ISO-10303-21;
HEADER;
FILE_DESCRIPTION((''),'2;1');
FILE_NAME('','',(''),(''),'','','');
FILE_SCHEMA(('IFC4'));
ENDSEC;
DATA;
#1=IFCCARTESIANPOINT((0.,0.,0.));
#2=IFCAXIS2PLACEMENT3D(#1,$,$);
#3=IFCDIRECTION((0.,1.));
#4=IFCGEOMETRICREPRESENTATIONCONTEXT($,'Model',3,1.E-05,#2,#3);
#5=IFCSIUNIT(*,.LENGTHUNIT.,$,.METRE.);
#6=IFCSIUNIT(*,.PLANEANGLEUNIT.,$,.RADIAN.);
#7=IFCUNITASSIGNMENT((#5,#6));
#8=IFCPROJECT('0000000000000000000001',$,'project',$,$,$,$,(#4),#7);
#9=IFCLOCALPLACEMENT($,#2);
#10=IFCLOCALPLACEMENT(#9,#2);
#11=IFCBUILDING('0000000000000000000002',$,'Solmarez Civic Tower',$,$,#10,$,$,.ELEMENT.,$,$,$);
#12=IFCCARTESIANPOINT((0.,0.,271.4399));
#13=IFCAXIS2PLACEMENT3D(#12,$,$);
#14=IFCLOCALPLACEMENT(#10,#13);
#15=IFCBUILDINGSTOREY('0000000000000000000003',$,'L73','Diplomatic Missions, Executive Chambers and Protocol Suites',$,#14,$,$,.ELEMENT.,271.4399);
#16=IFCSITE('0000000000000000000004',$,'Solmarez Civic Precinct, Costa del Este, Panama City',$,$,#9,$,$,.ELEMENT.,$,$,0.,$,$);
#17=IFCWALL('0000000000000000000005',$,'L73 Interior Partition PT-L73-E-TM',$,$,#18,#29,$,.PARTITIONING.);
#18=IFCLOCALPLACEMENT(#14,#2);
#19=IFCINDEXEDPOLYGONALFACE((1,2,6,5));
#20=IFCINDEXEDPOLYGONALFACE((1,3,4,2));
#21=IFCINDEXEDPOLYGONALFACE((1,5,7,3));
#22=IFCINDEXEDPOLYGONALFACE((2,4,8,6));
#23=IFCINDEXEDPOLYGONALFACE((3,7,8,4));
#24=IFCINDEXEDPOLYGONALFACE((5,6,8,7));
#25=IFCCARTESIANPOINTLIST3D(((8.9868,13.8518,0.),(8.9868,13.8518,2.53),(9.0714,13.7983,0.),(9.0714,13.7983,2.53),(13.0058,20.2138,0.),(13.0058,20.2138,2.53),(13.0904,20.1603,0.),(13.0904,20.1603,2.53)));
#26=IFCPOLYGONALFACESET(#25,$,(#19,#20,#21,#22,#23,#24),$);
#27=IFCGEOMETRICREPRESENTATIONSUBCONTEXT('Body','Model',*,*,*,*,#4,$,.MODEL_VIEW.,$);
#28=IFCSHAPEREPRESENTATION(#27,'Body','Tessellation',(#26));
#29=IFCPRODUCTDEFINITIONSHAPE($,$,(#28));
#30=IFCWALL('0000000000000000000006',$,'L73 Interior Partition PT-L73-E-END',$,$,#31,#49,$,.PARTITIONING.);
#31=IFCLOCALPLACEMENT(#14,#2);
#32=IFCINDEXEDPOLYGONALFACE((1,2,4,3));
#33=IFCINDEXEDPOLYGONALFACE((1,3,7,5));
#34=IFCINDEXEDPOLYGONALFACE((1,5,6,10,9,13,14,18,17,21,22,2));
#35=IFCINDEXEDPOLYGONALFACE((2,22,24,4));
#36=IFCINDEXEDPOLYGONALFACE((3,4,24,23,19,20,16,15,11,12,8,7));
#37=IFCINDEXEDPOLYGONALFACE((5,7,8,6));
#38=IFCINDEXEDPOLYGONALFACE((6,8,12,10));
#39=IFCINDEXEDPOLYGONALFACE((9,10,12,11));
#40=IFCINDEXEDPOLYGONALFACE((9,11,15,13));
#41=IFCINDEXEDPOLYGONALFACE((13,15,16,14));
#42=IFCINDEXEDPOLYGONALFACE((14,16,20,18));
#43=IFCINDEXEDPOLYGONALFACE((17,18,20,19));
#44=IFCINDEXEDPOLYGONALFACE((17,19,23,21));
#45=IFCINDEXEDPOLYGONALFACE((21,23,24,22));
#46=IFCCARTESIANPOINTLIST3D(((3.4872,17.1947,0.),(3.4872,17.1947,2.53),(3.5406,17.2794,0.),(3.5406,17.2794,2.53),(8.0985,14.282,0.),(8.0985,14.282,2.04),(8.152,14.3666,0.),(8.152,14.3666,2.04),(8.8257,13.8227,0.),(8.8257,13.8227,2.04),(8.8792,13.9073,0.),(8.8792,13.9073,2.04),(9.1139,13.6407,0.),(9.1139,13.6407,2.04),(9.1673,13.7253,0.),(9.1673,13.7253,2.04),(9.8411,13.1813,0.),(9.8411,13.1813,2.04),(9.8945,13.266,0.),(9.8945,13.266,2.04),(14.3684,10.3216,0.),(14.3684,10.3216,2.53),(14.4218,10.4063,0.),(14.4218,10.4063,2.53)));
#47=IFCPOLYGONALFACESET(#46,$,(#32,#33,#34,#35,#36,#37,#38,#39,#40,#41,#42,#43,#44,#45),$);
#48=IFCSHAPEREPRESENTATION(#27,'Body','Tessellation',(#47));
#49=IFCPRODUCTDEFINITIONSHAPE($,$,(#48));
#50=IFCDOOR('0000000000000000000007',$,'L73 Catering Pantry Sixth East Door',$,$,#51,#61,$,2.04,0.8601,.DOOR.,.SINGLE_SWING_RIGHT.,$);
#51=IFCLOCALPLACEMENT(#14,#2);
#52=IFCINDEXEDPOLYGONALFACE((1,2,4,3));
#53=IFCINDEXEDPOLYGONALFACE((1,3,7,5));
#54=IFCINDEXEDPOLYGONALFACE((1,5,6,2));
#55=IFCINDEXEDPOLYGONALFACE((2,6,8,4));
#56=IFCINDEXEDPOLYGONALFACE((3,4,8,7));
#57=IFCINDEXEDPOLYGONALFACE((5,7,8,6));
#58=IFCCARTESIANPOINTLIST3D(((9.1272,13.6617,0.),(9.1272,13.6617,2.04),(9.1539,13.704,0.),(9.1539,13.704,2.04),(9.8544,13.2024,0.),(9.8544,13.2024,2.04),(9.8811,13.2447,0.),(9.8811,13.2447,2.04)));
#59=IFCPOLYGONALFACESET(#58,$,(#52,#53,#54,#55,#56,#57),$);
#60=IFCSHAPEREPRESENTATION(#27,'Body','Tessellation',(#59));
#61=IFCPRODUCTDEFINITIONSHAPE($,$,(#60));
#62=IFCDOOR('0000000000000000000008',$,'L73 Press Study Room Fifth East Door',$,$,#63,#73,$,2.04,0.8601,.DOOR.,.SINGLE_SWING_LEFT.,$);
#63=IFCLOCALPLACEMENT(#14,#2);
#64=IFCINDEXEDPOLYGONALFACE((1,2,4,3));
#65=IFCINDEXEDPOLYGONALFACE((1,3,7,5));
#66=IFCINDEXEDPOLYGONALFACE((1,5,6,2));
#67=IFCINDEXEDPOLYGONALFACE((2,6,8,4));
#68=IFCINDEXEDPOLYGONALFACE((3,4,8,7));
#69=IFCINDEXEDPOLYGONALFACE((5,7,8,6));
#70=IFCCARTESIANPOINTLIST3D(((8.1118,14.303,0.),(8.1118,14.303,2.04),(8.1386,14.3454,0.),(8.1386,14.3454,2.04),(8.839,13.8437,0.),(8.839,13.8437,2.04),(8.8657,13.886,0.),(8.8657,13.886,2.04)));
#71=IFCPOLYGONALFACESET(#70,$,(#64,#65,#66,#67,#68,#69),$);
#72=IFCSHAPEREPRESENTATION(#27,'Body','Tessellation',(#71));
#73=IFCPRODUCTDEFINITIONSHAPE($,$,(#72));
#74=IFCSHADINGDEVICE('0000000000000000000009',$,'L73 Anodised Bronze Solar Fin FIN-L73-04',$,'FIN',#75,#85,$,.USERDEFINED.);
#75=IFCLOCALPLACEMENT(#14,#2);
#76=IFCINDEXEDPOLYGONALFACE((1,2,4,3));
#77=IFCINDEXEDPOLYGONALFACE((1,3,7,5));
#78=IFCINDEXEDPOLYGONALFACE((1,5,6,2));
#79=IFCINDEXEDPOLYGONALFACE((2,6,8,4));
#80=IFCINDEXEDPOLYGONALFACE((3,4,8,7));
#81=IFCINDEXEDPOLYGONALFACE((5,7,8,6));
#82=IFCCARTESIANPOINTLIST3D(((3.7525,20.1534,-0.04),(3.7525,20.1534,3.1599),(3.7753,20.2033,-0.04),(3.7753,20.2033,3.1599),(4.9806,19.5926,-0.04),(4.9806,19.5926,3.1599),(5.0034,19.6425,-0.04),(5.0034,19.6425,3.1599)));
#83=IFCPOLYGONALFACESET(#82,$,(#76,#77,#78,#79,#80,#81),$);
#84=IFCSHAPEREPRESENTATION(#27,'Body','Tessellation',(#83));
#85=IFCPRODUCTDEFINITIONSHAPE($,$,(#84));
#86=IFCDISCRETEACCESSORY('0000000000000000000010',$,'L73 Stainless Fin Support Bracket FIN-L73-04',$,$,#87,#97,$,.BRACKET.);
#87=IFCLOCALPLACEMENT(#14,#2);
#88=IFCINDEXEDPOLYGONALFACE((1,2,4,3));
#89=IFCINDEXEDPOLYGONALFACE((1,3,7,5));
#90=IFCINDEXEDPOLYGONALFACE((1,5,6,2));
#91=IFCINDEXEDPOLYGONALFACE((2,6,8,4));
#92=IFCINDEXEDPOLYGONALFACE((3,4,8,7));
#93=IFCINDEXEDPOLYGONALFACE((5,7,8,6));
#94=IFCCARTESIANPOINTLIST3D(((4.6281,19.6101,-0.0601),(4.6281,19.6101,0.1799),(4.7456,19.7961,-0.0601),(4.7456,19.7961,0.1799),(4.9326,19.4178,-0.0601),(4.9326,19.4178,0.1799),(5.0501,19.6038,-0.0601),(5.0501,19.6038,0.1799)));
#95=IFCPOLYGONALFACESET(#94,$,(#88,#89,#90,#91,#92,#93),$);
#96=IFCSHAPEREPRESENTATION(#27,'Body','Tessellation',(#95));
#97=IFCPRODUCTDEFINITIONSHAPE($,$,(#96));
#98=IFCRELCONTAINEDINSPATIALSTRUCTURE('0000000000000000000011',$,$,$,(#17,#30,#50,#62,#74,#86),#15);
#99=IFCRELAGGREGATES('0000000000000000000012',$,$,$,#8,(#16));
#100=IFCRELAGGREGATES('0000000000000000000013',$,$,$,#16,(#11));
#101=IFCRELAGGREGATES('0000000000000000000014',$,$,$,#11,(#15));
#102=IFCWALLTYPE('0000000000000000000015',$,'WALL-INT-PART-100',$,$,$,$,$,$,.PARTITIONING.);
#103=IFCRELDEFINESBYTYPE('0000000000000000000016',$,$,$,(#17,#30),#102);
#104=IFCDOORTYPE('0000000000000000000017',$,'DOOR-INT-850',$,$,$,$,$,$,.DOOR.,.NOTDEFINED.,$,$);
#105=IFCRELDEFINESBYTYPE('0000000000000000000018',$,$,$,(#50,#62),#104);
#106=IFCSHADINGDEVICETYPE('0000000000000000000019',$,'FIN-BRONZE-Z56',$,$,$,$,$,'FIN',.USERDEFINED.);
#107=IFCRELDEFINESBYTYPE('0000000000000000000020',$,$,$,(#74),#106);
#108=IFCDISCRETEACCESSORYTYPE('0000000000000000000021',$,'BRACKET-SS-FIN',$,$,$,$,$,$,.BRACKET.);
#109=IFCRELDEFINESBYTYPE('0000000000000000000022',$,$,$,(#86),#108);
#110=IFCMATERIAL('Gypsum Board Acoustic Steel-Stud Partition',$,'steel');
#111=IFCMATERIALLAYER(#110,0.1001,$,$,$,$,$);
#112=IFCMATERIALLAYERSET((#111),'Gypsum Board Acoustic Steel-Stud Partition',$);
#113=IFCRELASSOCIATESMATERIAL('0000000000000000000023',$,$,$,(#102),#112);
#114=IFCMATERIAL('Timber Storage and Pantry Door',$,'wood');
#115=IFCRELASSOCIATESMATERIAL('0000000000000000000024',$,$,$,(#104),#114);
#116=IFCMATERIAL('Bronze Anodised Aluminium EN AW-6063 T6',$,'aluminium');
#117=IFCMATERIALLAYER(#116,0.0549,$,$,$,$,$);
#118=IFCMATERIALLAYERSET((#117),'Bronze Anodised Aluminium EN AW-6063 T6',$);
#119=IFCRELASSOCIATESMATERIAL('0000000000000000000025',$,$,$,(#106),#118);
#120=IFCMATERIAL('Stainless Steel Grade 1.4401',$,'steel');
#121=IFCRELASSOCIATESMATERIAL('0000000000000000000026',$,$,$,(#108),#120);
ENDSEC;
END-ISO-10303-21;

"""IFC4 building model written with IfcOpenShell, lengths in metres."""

from ifc_helpers import new_model, si_unit, direction, frame, frame_2d, origin, origin_2d, place, context, subcontext, project, spatial, rectangle, extrude, material, layer, layer_set, type_object, element, fill, save


model = new_model("IFC4")

# Units and contexts
model_context = context("Model", 3, precision=1e-05, world=origin(), true_north=direction((0.0, 1.0)))
body_context = subcontext(model_context, "Body", "Model", "MODEL_VIEW")
ifc_project = project(units=[si_unit("LENGTHUNIT", "METRE"), si_unit("PLANEANGLEUNIT", "RADIAN")], contexts=[model_context])

# Site, building, storey
site_placement = place(None, origin())
site = spatial("IfcSite", under=ifc_project, at=site_placement, Name="Solmarez Civic Precinct, Costa del Este, Panama City", CompositionType="ELEMENT", RefElevation=0.0)
building_placement = place(site_placement, origin())
building = spatial("IfcBuilding", under=site, at=building_placement, Name="Solmarez Civic Tower", CompositionType="ELEMENT")
storey_placement = place(building_placement, frame((0.0, 0.0, 271.4399)))
storey = spatial("IfcBuildingStorey", under=building, at=storey_placement, Name="L73", Description="Diplomatic Missions, Executive Chambers and Protocol Suites", CompositionType="ELEMENT", Elevation=271.4399)

# Shared definitions
ifc_material_1 = material(Name="Gypsum Board Acoustic Steel-Stud Partition", Category="steel")
ifc_layer_1 = layer(ifc_material_1, 0.1001)
ifc_layer_set_1 = layer_set([ifc_layer_1], Name="Gypsum Board Acoustic Steel-Stud Partition")
wall_type_1 = type_object("IfcWallType", Name="WALL-INT-PART-100", PredefinedType="PARTITIONING", material=ifc_layer_set_1)

# Wall
wall_1_placement = place(storey_placement, frame((9.0291, 13.825, 0.0), z_axis=(0.0, 0.0, 1.0), x_axis=(0.534078, 0.845435, 0.0)))
element("IfcWall", 1, at=wall_1_placement, inside=storey, type_object=wall_type_1, Name="L73 Interior Partition PT-L73-E-TM", PredefinedType="PARTITIONING", context=body_context, shape_type="SweptSolid", body=[
    extrude(rectangle(XDim=7.5251, YDim=0.1001, at=frame_2d((3.7627, 0.0))), origin(), (0.0, 0.0, 1.0), 2.53),
])

# Wall, openings, doors
wall_2_placement = place(storey_placement, frame((3.5139, 17.2371, 0.0), z_axis=(0.0, 0.0, 1.0), x_axis=(0.845462, -0.534036, 0.0)))
wall_2 = element("IfcWall", 2, at=wall_2_placement, inside=storey, type_object=wall_type_1, Name="L73 Interior Partition PT-L73-E-END", PredefinedType="PARTITIONING", context=body_context, shape_type="SweptSolid", body=[
    extrude(rectangle(XDim=12.8701, YDim=0.1001, at=frame_2d((6.4351, 0.0))), origin(), (0.0, 0.0, 1.0), 2.53),
])
opening_1_placement = place(wall_2_placement, frame((6.655, 0.0, 0.0)))
opening_1 = element("IfcOpeningElement", 3, at=opening_1_placement, cuts=wall_2, PredefinedType="OPENING", context=body_context, shape_type="SweptSolid", body=[
    extrude(rectangle(XDim=0.8601, YDim=2.04, at=frame_2d((0.4302, 1.02))), frame((0.0, 0.0601, 0.0), z_axis=(0.0, -1.0, 0.0), x_axis=(1.0, 0.0, 0.0)), (0.0, 0.0, 1.0), 0.1201),
])
opening_2_placement = place(wall_2_placement, frame((5.4541, 0.0, 0.0)))
opening_2 = element("IfcOpeningElement", 4, at=opening_2_placement, cuts=wall_2, PredefinedType="OPENING", context=body_context, shape_type="SweptSolid", body=[
    extrude(rectangle(XDim=0.8601, YDim=2.04, at=frame_2d((0.4302, 1.02))), frame((0.0, 0.0601, 0.0), z_axis=(0.0, -1.0, 0.0), x_axis=(1.0, 0.0, 0.0)), (0.0, 0.0, 1.0), 0.1201),
])
ifc_material_2 = material(Name="Timber Storage and Pantry Door", Category="wood")
door_type_1 = type_object("IfcDoorType", Name="DOOR-INT-850", OperationType="NOTDEFINED", PredefinedType="DOOR", material=ifc_material_2)
door_1_placement = place(opening_1_placement, origin())
door_1 = element("IfcDoor", 5, at=door_1_placement, inside=storey, type_object=door_type_1, Name="L73 Catering Pantry Sixth East Door", OperationType="SINGLE_SWING_RIGHT", OverallHeight=2.04, OverallWidth=0.8601, PredefinedType="DOOR", context=body_context, shape_type="SweptSolid", body=[
    extrude(rectangle(XDim=0.8601, YDim=2.04, at=frame_2d((0.4302, 1.02))), frame((0.0, 0.0249, 0.0), z_axis=(0.0, -1.0, 0.0), x_axis=(1.0, 0.0, 0.0)), (0.0, 0.0, 1.0), 0.05),
])
fill(opening_1, door_1)
door_2_placement = place(opening_2_placement, origin())
door_2 = element("IfcDoor", 6, at=door_2_placement, inside=storey, type_object=door_type_1, Name="L73 Press Study Room Fifth East Door", OperationType="SINGLE_SWING_LEFT", OverallHeight=2.04, OverallWidth=0.8601, PredefinedType="DOOR", context=body_context, shape_type="SweptSolid", body=[
    extrude(rectangle(XDim=0.8601, YDim=2.04, at=frame_2d((0.4302, 1.02))), frame((0.0, 0.0249, 0.0), z_axis=(0.0, -1.0, 0.0), x_axis=(1.0, 0.0, 0.0)), (0.0, 0.0, 1.0), 0.05),
])
fill(opening_2, door_2)

# Shading device
ifc_material_3 = material(Name="Bronze Anodised Aluminium EN AW-6063 T6", Category="aluminium")
ifc_layer_2 = layer(ifc_material_3, 0.0549)
ifc_layer_set_2 = layer_set([ifc_layer_2], Name="Bronze Anodised Aluminium EN AW-6063 T6")
shading_device_type = type_object("IfcShadingDeviceType", Name="FIN-BRONZE-Z56", ElementType="FIN", PredefinedType="USERDEFINED", material=ifc_layer_set_2)
shading_device_placement = place(storey_placement, frame((4.3779, 19.8979, -0.04), z_axis=(0.0, 0.0, 1.0), x_axis=(-0.90965, 0.415376, 0.0)))
element("IfcShadingDevice", 7, at=shading_device_placement, inside=storey, type_object=shading_device_type, Name="L73 Anodised Bronze Solar Fin FIN-L73-04", ObjectType="FIN", PredefinedType="USERDEFINED", context=body_context, shape_type="SweptSolid", body=[
    extrude(rectangle(XDim=1.3501, YDim=0.0549, at=origin_2d()), origin(), (0.0, 0.0, 1.0), 3.2),
])

# Discrete accessory
ifc_material_4 = material(Name="Stainless Steel Grade 1.4401", Category="steel")
discrete_accessory_type = type_object("IfcDiscreteAccessoryType", Name="BRACKET-SS-FIN", PredefinedType="BRACKET", material=ifc_material_4)
discrete_accessory_placement = place(storey_placement, frame((4.8391, 19.6069, -0.0601), z_axis=(0.0, 0.0, 1.0), x_axis=(-0.845504, 0.53397, 0.0)))
element("IfcDiscreteAccessory", 8, at=discrete_accessory_placement, inside=storey, type_object=discrete_accessory_type, Name="L73 Stainless Fin Support Bracket FIN-L73-04", PredefinedType="BRACKET", context=body_context, shape_type="SweptSolid", body=[
    extrude(rectangle(XDim=0.3601, YDim=0.22, at=origin_2d()), origin(), (0.0, 0.0, 1.0), 0.24),
])

save(model, "model.ifc")
